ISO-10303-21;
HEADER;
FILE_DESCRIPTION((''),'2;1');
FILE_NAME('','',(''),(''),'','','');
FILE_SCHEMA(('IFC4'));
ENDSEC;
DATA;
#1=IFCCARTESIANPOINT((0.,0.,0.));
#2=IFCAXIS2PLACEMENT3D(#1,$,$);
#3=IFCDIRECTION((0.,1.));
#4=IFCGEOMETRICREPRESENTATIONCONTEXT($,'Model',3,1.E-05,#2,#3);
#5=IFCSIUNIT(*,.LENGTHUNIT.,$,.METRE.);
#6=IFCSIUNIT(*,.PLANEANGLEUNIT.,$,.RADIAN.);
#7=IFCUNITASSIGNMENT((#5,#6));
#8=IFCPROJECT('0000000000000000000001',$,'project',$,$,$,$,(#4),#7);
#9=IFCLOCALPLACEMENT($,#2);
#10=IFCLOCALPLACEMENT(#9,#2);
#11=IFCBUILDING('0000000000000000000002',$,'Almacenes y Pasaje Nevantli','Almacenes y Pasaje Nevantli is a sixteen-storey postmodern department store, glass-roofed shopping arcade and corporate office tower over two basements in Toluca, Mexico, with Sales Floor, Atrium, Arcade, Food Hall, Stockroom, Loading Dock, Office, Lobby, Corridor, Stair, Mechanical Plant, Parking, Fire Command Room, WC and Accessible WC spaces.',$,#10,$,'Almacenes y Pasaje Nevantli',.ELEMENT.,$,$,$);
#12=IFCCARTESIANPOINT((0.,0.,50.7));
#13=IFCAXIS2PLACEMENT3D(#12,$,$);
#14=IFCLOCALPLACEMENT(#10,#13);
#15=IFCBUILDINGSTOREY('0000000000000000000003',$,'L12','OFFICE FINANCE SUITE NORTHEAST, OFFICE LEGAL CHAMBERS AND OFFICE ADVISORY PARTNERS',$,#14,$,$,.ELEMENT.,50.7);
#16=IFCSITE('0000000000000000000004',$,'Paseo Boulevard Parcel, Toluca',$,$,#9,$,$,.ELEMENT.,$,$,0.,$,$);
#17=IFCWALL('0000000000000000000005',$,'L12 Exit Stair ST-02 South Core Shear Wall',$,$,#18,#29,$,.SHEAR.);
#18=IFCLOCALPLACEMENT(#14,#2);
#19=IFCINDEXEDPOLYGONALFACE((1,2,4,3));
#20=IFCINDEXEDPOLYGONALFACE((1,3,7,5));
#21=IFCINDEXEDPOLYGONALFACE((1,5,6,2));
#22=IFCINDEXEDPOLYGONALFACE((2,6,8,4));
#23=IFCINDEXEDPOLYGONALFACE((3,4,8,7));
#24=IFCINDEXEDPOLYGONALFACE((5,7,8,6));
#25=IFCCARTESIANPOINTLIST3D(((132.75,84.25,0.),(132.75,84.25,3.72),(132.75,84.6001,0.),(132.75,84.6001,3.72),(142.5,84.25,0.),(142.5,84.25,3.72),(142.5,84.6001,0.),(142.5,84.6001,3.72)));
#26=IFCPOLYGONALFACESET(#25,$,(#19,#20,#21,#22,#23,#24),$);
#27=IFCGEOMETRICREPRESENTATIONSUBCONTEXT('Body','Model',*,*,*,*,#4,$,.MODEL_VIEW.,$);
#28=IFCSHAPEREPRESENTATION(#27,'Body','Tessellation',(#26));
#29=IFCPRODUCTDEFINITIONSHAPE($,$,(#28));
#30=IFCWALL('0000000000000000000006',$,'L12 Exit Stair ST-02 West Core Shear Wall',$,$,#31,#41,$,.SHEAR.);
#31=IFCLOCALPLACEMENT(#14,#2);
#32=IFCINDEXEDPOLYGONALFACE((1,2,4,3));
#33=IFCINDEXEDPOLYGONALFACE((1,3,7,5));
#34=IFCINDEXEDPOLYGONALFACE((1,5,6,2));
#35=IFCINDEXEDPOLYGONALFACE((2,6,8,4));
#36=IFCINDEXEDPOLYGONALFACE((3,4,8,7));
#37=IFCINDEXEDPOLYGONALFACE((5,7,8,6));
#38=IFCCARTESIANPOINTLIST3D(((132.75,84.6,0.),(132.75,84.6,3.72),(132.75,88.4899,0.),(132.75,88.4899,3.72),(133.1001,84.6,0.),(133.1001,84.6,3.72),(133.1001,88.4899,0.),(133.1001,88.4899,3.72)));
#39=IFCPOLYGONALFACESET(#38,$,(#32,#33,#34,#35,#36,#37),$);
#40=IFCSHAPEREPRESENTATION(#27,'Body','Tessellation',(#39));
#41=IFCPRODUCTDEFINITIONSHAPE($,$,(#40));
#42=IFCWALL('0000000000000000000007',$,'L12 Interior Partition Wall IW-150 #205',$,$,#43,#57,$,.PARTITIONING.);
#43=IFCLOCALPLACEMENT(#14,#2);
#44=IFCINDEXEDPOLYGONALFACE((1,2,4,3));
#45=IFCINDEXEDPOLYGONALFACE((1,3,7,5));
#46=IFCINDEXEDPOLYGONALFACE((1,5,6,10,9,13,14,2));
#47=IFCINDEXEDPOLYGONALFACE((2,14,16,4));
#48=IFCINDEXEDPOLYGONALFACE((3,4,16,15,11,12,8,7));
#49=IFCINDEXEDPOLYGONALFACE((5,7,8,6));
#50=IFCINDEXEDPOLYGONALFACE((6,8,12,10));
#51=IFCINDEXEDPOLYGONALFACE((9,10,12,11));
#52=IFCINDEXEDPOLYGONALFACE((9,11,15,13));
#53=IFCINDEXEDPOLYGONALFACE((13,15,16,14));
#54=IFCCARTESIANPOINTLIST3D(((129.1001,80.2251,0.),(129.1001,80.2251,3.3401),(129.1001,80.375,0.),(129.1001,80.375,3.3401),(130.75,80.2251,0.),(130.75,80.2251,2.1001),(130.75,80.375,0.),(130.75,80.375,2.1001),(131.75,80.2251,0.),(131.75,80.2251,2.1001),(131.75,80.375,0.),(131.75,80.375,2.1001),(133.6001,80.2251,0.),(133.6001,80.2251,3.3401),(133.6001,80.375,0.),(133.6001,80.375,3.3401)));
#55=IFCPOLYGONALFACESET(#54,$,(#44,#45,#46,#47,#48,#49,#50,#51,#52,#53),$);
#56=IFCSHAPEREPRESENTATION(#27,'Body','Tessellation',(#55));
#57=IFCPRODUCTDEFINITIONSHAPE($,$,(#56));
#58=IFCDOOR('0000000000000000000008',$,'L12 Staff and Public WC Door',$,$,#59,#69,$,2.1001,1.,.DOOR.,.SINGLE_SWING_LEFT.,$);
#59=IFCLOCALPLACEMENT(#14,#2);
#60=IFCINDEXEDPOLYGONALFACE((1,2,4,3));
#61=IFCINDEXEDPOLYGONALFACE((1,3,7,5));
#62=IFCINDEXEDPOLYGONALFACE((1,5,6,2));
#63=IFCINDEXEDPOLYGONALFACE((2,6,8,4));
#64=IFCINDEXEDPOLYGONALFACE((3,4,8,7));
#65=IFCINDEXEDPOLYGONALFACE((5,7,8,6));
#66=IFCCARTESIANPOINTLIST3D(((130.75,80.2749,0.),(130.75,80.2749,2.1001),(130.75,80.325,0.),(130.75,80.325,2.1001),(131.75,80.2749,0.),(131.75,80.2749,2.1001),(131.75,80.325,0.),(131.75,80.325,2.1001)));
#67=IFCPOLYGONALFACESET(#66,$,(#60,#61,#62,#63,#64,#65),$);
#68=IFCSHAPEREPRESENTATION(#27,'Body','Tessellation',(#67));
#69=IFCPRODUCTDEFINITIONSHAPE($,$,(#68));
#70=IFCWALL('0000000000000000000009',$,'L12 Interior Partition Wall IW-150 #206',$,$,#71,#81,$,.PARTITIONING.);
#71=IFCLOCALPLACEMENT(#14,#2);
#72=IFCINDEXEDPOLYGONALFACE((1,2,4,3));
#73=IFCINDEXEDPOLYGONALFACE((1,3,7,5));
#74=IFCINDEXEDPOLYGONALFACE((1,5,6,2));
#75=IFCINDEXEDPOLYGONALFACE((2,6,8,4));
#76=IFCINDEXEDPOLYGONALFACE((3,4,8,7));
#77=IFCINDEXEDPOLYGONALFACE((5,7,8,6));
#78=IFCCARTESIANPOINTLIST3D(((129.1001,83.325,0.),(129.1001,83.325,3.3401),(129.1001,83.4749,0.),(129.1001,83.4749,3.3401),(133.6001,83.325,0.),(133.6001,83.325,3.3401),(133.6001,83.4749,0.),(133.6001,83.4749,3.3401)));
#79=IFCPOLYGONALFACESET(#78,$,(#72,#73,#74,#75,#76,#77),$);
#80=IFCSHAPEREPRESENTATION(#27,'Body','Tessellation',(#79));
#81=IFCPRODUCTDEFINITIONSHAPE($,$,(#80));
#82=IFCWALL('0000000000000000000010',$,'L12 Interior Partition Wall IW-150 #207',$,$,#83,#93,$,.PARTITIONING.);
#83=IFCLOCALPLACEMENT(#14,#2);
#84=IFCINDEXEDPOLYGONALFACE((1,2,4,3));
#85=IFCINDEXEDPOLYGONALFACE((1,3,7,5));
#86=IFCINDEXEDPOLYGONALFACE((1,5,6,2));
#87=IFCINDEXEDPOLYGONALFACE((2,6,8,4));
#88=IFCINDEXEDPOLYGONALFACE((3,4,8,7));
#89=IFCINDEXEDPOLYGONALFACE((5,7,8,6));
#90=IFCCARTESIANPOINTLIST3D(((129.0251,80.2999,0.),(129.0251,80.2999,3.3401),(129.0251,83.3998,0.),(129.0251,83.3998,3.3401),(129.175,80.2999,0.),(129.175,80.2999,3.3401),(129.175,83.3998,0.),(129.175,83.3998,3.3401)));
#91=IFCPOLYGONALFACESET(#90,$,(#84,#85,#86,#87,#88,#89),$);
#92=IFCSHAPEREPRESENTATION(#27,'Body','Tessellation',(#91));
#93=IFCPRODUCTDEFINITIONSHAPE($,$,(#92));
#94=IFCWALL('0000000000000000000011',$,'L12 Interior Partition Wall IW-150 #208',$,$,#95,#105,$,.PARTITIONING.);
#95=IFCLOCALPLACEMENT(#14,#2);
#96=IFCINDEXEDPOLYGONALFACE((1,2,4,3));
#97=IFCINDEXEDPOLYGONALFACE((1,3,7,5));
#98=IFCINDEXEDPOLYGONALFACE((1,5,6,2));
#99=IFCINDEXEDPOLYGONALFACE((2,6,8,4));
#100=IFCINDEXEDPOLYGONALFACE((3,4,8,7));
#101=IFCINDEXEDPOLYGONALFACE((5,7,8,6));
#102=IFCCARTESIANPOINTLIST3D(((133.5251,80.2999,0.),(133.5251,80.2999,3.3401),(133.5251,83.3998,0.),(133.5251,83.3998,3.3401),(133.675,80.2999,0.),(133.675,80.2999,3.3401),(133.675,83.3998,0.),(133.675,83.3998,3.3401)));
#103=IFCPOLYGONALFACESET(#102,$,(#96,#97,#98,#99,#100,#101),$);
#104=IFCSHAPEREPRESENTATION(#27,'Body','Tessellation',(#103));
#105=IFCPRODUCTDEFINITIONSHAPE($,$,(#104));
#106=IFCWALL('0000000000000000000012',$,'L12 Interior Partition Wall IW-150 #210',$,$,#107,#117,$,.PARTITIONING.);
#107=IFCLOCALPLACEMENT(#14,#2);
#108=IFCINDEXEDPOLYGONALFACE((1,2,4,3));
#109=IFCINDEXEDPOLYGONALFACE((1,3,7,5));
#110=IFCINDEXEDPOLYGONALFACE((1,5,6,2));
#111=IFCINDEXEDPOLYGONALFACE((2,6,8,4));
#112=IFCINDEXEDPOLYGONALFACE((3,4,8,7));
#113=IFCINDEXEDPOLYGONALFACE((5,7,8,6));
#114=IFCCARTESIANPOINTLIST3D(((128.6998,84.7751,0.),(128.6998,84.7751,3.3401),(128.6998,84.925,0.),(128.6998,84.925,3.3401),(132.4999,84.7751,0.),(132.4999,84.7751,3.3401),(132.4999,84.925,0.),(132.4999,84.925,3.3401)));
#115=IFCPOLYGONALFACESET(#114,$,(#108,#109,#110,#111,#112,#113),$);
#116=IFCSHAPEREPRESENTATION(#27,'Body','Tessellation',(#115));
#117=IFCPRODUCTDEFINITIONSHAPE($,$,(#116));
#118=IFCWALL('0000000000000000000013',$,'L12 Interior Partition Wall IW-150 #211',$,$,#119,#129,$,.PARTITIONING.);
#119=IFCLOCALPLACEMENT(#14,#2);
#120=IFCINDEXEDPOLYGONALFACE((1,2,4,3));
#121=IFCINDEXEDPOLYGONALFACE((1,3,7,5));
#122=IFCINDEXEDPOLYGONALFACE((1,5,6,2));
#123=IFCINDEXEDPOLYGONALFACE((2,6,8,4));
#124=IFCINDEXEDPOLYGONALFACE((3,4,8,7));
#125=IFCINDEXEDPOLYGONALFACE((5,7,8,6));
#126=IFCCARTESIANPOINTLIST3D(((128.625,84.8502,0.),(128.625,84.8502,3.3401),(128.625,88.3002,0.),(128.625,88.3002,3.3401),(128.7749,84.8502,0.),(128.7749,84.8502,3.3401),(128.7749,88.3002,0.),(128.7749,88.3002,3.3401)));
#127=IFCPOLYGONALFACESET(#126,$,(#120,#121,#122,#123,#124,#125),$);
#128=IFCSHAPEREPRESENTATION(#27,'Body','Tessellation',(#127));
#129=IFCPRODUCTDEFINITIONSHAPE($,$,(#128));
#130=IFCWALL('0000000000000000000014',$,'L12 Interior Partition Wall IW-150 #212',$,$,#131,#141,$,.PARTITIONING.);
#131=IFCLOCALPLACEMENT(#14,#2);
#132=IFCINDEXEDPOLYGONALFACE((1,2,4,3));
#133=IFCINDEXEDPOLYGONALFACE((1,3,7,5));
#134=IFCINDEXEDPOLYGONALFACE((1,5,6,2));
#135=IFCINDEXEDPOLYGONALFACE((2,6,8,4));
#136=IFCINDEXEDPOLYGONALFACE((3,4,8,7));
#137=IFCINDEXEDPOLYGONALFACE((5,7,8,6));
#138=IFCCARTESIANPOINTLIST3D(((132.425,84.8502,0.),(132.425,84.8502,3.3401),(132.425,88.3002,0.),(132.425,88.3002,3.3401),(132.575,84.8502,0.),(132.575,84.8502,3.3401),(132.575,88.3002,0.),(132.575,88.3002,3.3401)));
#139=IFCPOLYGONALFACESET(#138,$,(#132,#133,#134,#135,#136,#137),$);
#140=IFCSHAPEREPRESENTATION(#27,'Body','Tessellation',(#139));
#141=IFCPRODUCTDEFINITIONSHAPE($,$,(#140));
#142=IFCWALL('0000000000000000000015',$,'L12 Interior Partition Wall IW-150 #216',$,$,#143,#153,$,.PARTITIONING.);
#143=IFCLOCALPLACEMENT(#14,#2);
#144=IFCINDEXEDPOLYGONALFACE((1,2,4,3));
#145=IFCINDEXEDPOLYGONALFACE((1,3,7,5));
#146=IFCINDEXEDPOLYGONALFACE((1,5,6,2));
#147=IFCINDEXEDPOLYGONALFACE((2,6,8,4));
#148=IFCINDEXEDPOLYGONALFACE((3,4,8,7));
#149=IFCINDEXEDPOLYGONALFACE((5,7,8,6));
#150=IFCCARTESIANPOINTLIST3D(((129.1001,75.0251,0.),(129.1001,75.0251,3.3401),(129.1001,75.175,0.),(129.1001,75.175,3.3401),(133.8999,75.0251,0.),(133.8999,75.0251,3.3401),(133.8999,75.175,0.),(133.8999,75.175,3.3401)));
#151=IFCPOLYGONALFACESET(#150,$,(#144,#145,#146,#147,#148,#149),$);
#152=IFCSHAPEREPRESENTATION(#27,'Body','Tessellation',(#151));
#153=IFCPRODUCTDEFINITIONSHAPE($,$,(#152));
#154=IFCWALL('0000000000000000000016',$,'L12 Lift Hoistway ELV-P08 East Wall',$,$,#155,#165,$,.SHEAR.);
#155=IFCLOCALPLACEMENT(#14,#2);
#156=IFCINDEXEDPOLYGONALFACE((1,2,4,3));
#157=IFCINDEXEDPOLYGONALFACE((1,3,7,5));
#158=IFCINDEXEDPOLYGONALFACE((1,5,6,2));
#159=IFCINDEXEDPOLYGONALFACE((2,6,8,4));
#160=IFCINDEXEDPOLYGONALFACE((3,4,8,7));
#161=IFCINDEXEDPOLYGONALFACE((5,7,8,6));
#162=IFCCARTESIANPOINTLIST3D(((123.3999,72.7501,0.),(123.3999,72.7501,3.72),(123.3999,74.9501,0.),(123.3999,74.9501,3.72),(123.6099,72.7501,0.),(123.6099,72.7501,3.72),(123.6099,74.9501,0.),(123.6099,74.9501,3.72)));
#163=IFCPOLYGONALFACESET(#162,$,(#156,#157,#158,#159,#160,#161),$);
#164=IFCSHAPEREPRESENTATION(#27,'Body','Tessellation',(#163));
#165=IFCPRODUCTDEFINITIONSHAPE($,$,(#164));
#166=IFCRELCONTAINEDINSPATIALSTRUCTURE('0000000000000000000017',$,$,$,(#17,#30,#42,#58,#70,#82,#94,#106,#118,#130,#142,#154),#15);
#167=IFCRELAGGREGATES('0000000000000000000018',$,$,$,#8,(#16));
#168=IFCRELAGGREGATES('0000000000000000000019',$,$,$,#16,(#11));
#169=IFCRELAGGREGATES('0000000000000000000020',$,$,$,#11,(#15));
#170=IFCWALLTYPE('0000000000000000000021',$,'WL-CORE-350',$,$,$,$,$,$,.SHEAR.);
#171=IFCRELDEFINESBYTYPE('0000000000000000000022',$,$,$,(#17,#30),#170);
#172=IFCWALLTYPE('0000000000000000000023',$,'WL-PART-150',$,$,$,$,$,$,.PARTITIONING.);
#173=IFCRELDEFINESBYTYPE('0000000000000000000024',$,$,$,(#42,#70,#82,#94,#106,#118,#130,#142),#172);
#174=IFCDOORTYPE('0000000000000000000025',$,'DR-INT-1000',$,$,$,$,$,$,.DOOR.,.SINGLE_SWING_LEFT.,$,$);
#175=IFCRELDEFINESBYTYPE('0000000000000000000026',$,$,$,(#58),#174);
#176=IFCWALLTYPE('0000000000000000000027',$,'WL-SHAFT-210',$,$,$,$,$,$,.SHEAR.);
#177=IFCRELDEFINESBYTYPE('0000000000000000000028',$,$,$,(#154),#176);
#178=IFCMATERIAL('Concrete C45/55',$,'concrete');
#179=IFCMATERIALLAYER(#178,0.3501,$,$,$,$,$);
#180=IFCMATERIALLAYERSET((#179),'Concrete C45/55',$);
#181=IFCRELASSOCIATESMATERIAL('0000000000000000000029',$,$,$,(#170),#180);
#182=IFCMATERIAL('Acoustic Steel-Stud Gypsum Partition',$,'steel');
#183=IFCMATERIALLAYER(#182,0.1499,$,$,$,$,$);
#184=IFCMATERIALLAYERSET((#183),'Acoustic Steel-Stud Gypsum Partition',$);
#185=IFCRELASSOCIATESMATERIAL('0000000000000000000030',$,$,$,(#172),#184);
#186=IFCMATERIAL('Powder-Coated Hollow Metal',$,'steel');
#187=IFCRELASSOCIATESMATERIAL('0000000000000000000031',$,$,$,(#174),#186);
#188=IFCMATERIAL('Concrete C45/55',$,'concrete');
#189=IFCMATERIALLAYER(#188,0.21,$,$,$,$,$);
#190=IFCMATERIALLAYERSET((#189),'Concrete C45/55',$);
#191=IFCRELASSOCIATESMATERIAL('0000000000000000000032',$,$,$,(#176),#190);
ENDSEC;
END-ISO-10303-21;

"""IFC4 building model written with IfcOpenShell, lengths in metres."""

from ifc_helpers import new_model, si_unit, direction, frame, frame_2d, origin, place, context, subcontext, project, spatial, rectangle, extrude, material, layer, layer_set, type_object, element, fill, save


model = new_model("IFC4")

# Units and contexts
model_context = context("Model", 3, precision=1e-05, world=origin(), true_north=direction((0.0, 1.0)))
body_context = subcontext(model_context, "Body", "Model", "MODEL_VIEW")
ifc_project = project(units=[si_unit("LENGTHUNIT", "METRE"), si_unit("PLANEANGLEUNIT", "RADIAN")], contexts=[model_context])

# Site, building, storey
site_placement = place(None, origin())
site = spatial("IfcSite", under=ifc_project, at=site_placement, Name="Paseo Boulevard Parcel, Toluca", CompositionType="ELEMENT", RefElevation=0.0)
building_placement = place(site_placement, origin())
building = spatial("IfcBuilding", under=site, at=building_placement, Name="Almacenes y Pasaje Nevantli", Description="Almacenes y Pasaje Nevantli is a sixteen-storey postmodern department store, glass-roofed shopping arcade and corporate office tower over two basements in Toluca, Mexico, with Sales Floor, Atrium, Arcade, Food Hall, Stockroom, Loading Dock, Office, Lobby, Corridor, Stair, Mechanical Plant, Parking, Fire Command Room, WC and Accessible WC spaces.", LongName="Almacenes y Pasaje Nevantli", CompositionType="ELEMENT")
storey_placement = place(building_placement, frame((0.0, 0.0, 50.7)))
storey = spatial("IfcBuildingStorey", under=building, at=storey_placement, Name="L12", Description="OFFICE FINANCE SUITE NORTHEAST, OFFICE LEGAL CHAMBERS AND OFFICE ADVISORY PARTNERS", CompositionType="ELEMENT", Elevation=50.7)

# Walls
ifc_material_1 = material(Name="Concrete C45/55", Category="concrete")
ifc_layer_1 = layer(ifc_material_1, 0.3501)
ifc_layer_set_1 = layer_set([ifc_layer_1], Name="Concrete C45/55")
wall_type_1 = type_object("IfcWallType", Name="WL-CORE-350", PredefinedType="SHEAR", material=ifc_layer_set_1)
wall_1_placement = place(storey_placement, frame((132.75, 84.425, 0.0), z_axis=(0.0, 0.0, 1.0), x_axis=(1.0, 0.0, 0.0)))
element("IfcWall", 1, at=wall_1_placement, inside=storey, type_object=wall_type_1, Name="L12 Exit Stair ST-02 South Core Shear Wall", PredefinedType="SHEAR", context=body_context, shape_type="SweptSolid", body=[
    extrude(rectangle(XDim=9.75, YDim=0.3501, at=frame_2d((4.875, 0.0))), origin(), (0.0, 0.0, 1.0), 3.72),
])
wall_2_placement = place(storey_placement, frame((132.925, 84.6001, 0.0), z_axis=(0.0, 0.0, 1.0), x_axis=(0.0, 1.0, 0.0)))
element("IfcWall", 2, at=wall_2_placement, inside=storey, type_object=wall_type_1, Name="L12 Exit Stair ST-02 West Core Shear Wall", PredefinedType="SHEAR", context=body_context, shape_type="SweptSolid", body=[
    extrude(rectangle(XDim=3.8899, YDim=0.3501, at=frame_2d((1.9448, 0.0))), origin(), (0.0, 0.0, 1.0), 3.72),
])

# Wall, opening, door
ifc_material_2 = material(Name="Acoustic Steel-Stud Gypsum Partition", Category="steel")
ifc_layer_2 = layer(ifc_material_2, 0.1499)
ifc_layer_set_2 = layer_set([ifc_layer_2], Name="Acoustic Steel-Stud Gypsum Partition")
wall_type_2 = type_object("IfcWallType", Name="WL-PART-150", PredefinedType="PARTITIONING", material=ifc_layer_set_2)
wall_3_placement = place(storey_placement, frame((129.1001, 80.3, 0.0), z_axis=(0.0, 0.0, 1.0), x_axis=(1.0, 0.0, 0.0)))
wall_3 = element("IfcWall", 3, at=wall_3_placement, inside=storey, type_object=wall_type_2, Name="L12 Interior Partition Wall IW-150 #205", PredefinedType="PARTITIONING", context=body_context, shape_type="SweptSolid", body=[
    extrude(rectangle(XDim=4.5, YDim=0.1499, at=frame_2d((2.25, 0.0))), origin(), (0.0, 0.0, 1.0), 3.3401),
])
opening_placement = place(wall_3_placement, frame((1.6499, 0.0, 0.0)))
opening = element("IfcOpeningElement", 4, at=opening_placement, cuts=wall_3, PredefinedType="OPENING", context=body_context, shape_type="SweptSolid", body=[
    extrude(rectangle(XDim=1.0, YDim=2.1001, at=frame_2d((0.5, 1.05))), frame((0.0, 0.085, 0.0), z_axis=(0.0, -1.0, 0.0), x_axis=(1.0, 0.0, 0.0)), (0.0, 0.0, 1.0), 0.1699),
])
ifc_material_3 = material(Name="Powder-Coated Hollow Metal", Category="steel")
door_type = type_object("IfcDoorType", Name="DR-INT-1000", OperationType="SINGLE_SWING_LEFT", PredefinedType="DOOR", material=ifc_material_3)
door_placement = place(opening_placement, origin())
door = element("IfcDoor", 5, at=door_placement, inside=storey, type_object=door_type, Name="L12 Staff and Public WC Door", OperationType="SINGLE_SWING_LEFT", OverallHeight=2.1001, OverallWidth=1.0, PredefinedType="DOOR", context=body_context, shape_type="SweptSolid", body=[
    extrude(rectangle(XDim=1.0, YDim=2.1001, at=frame_2d((0.5, 1.05))), frame((0.0, 0.0249, 0.0), z_axis=(0.0, -1.0, 0.0), x_axis=(1.0, 0.0, 0.0)), (0.0, 0.0, 1.0), 0.05),
])
fill(opening, door)

# Walls
wall_4_placement = place(storey_placement, frame((129.1001, 83.3999, 0.0), z_axis=(0.0, 0.0, 1.0), x_axis=(1.0, 0.0, 0.0)))
element("IfcWall", 6, at=wall_4_placement, inside=storey, type_object=wall_type_2, Name="L12 Interior Partition Wall IW-150 #206", PredefinedType="PARTITIONING", context=body_context, shape_type="SweptSolid", body=[
    extrude(rectangle(XDim=4.5, YDim=0.1499, at=frame_2d((2.25, 0.0))), origin(), (0.0, 0.0, 1.0), 3.3401),
])
for number, where, z_axis, x_axis, name in (
    (7, (129.1001, 80.3, 0.0), (0.0, 0.0, 1.0), (0.0, 1.0, 0.0), "L12 Interior Partition Wall IW-150 #207"),
    (8, (133.6001, 80.3, 0.0), (0.0, 0.0, 1.0), (0.0, 1.0, 0.0), "L12 Interior Partition Wall IW-150 #208"),
):
    element("IfcWall", number, at=place(storey_placement, frame(where, z_axis=z_axis, x_axis=x_axis)), inside=storey, type_object=wall_type_2, Name=name, PredefinedType="PARTITIONING", context=body_context, shape_type="SweptSolid", body=[
        extrude(rectangle(XDim=3.0999, YDim=0.1499, at=frame_2d((1.5498, 0.0))), origin(), (0.0, 0.0, 1.0), 3.3401),
    ])
wall_5_placement = place(storey_placement, frame((128.7, 84.8501, 0.0), z_axis=(0.0, 0.0, 1.0), x_axis=(1.0, 0.0, 0.0)))
element("IfcWall", 9, at=wall_5_placement, inside=storey, type_object=wall_type_2, Name="L12 Interior Partition Wall IW-150 #210", PredefinedType="PARTITIONING", context=body_context, shape_type="SweptSolid", body=[
    extrude(rectangle(XDim=3.8, YDim=0.1499, at=frame_2d((1.8999, 0.0))), origin(), (0.0, 0.0, 1.0), 3.3401),
])
for number, where, z_axis, x_axis, name in (
    (10, (128.7, 84.8501, 0.0), (0.0, 0.0, 1.0), (0.0, 1.0, 0.0), "L12 Interior Partition Wall IW-150 #211"),
    (11, (132.5, 84.8501, 0.0), (0.0, 0.0, 1.0), (0.0, 1.0, 0.0), "L12 Interior Partition Wall IW-150 #212"),
):
    element("IfcWall", number, at=place(storey_placement, frame(where, z_axis=z_axis, x_axis=x_axis)), inside=storey, type_object=wall_type_2, Name=name, PredefinedType="PARTITIONING", context=body_context, shape_type="SweptSolid", body=[
        extrude(rectangle(XDim=3.45, YDim=0.1499, at=frame_2d((1.7251, 0.0))), origin(), (0.0, 0.0, 1.0), 3.3401),
    ])
wall_6_placement = place(storey_placement, frame((129.1001, 75.1001, 0.0), z_axis=(0.0, 0.0, 1.0), x_axis=(1.0, 0.0, 0.0)))
element("IfcWall", 12, at=wall_6_placement, inside=storey, type_object=wall_type_2, Name="L12 Interior Partition Wall IW-150 #216", PredefinedType="PARTITIONING", context=body_context, shape_type="SweptSolid", body=[
    extrude(rectangle(XDim=4.7998, YDim=0.1499, at=frame_2d((2.3999, 0.0))), origin(), (0.0, 0.0, 1.0), 3.3401),
])
ifc_material_4 = material(Name="Concrete C45/55", Category="concrete")
ifc_layer_3 = layer(ifc_material_4, 0.21)
ifc_layer_set_3 = layer_set([ifc_layer_3], Name="Concrete C45/55")
wall_type_3 = type_object("IfcWallType", Name="WL-SHAFT-210", PredefinedType="SHEAR", material=ifc_layer_set_3)
wall_7_placement = place(storey_placement, frame((123.5049, 72.75, 0.0), z_axis=(0.0, 0.0, 1.0), x_axis=(0.0, 1.0, 0.0)))
element("IfcWall", 13, at=wall_7_placement, inside=storey, type_object=wall_type_3, Name="L12 Lift Hoistway ELV-P08 East Wall", PredefinedType="SHEAR", context=body_context, shape_type="SweptSolid", body=[
    extrude(rectangle(XDim=2.2, YDim=0.21, at=frame_2d((1.1001, 0.0))), origin(), (0.0, 0.0, 1.0), 3.72),
])

save(model, "model.ifc")
